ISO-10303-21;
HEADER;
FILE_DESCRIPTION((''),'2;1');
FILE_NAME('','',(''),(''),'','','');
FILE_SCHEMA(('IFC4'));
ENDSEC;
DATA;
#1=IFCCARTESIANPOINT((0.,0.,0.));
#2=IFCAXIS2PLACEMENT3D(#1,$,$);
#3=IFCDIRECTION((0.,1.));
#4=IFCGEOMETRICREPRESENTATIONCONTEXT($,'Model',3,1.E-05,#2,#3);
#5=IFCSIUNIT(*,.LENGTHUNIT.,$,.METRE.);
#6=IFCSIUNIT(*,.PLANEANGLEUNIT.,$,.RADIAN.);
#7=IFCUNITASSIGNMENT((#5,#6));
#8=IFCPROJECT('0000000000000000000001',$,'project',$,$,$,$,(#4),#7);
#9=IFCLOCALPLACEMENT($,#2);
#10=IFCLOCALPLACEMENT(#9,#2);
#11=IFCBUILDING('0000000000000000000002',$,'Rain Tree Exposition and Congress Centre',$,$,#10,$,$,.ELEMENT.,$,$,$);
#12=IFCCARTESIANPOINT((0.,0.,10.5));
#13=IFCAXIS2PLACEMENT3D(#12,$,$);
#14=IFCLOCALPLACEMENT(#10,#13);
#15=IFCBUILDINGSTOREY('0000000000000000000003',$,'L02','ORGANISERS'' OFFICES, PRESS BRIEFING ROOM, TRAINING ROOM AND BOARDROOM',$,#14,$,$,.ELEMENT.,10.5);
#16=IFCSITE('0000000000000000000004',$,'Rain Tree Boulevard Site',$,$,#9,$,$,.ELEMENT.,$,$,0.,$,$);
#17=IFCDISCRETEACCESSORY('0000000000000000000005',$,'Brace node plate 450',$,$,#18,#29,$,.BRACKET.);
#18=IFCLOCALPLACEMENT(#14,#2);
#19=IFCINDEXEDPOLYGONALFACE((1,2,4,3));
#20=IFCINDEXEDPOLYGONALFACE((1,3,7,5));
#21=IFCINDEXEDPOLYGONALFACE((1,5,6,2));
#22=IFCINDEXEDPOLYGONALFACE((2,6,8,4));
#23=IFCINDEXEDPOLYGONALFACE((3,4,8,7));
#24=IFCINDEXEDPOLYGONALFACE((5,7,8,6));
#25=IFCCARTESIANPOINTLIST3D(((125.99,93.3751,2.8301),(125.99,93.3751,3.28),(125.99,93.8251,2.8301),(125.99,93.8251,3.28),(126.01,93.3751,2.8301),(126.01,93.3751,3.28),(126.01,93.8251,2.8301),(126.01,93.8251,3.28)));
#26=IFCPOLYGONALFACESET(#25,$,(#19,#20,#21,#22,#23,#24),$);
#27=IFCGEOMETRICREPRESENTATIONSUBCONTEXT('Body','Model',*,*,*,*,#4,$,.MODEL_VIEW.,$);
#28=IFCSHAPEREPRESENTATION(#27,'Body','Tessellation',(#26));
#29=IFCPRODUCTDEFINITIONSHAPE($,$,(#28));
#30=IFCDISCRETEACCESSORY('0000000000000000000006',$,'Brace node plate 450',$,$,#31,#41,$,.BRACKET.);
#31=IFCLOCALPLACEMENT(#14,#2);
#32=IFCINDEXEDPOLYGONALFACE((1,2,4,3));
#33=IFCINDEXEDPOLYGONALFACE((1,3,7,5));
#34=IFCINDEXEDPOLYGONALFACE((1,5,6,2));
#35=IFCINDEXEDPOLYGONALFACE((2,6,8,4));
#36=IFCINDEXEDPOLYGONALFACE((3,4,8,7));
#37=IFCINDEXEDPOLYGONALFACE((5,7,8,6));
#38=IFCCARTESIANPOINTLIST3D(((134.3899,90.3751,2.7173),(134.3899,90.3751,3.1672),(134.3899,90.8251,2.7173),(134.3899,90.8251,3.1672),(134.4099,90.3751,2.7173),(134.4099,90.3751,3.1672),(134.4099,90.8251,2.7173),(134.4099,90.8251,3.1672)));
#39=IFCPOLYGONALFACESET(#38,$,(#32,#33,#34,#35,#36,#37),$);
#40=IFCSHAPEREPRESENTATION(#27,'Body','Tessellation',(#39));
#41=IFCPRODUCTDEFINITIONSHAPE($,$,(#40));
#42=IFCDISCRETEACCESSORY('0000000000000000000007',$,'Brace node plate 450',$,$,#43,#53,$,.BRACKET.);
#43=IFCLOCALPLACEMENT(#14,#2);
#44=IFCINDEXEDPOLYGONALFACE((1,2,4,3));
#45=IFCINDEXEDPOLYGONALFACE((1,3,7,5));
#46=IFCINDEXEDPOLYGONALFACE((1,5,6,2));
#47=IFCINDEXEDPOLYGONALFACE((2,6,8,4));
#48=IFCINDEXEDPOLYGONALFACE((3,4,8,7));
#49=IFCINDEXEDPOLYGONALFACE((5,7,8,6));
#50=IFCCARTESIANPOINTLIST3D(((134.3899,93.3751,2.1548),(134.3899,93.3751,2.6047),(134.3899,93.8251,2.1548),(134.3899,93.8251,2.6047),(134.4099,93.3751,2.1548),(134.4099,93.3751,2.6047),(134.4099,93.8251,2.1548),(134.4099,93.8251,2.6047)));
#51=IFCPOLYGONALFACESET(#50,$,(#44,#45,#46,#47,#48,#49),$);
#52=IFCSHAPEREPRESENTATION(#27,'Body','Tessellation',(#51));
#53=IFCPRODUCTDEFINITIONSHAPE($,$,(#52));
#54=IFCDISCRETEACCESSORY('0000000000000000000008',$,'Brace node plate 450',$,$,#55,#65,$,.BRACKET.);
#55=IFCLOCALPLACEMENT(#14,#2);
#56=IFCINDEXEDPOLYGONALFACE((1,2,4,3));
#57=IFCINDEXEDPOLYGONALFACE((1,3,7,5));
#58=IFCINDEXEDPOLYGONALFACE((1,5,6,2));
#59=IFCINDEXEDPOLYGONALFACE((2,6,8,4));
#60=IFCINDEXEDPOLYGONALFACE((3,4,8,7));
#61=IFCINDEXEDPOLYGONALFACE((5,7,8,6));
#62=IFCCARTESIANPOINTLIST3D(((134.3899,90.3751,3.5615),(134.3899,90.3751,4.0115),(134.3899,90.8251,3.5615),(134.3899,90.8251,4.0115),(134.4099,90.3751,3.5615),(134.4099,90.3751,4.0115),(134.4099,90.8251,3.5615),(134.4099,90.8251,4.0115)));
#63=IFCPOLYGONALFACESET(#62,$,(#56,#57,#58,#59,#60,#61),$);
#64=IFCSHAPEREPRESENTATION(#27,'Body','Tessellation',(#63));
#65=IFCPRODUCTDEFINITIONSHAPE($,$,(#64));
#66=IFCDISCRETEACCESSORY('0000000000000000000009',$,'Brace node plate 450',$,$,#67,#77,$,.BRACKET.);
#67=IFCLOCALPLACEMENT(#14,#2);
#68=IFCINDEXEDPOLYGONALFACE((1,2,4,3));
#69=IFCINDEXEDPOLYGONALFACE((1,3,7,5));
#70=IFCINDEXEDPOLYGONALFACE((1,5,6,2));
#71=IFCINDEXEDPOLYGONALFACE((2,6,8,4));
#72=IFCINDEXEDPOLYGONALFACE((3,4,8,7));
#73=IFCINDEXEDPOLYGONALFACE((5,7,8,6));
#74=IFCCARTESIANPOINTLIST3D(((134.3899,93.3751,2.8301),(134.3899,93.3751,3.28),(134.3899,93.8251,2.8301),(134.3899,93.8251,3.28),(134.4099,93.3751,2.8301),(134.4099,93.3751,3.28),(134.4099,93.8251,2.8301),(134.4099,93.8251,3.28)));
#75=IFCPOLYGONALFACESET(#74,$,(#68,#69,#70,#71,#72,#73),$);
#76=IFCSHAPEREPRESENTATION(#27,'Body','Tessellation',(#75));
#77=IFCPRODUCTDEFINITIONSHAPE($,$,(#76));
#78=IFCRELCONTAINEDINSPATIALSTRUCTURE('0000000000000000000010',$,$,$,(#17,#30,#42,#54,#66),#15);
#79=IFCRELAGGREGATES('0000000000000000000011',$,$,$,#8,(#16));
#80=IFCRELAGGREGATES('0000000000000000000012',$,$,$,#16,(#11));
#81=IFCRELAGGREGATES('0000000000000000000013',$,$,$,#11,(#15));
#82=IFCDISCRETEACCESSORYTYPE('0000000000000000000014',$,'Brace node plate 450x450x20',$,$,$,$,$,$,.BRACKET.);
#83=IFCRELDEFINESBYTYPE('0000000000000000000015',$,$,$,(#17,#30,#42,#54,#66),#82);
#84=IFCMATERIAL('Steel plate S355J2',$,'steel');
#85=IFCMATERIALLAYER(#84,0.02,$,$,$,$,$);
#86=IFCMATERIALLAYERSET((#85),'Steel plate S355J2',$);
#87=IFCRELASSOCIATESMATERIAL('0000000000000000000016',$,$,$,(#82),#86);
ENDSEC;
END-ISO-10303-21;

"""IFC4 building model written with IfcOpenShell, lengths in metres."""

from ifc_helpers import new_model, si_unit, direction, frame, origin, origin_2d, place, context, subcontext, project, spatial, rectangle, extrude, material, layer, layer_set, type_object, element, save


model = new_model("IFC4")

# Units and contexts
model_context = context("Model", 3, precision=1e-05, world=origin(), true_north=direction((0.0, 1.0)))
body_context = subcontext(model_context, "Body", "Model", "MODEL_VIEW")
ifc_project = project(units=[si_unit("LENGTHUNIT", "METRE"), si_unit("PLANEANGLEUNIT", "RADIAN")], contexts=[model_context])

# Site, building, storey
site_placement = place(None, origin())
site = spatial("IfcSite", under=ifc_project, at=site_placement, Name="Rain Tree Boulevard Site", CompositionType="ELEMENT", RefElevation=0.0)
building_placement = place(site_placement, origin())
building = spatial("IfcBuilding", under=site, at=building_placement, Name="Rain Tree Exposition and Congress Centre", CompositionType="ELEMENT")
storey_placement = place(building_placement, frame((0.0, 0.0, 10.5)))
storey = spatial("IfcBuildingStorey", under=building, at=storey_placement, Name="L02", Description="ORGANISERS' OFFICES, PRESS BRIEFING ROOM, TRAINING ROOM AND BOARDROOM", CompositionType="ELEMENT", Elevation=10.5)

# Discrete accessories
ifc_material_1 = material(Name="Steel plate S355J2", Category="steel")
ifc_layer = layer(ifc_material_1, 0.02)
ifc_layer_set = layer_set([ifc_layer], Name="Steel plate S355J2")
discrete_accessory_type = type_object("IfcDiscreteAccessoryType", Name="Brace node plate 450x450x20", PredefinedType="BRACKET", material=ifc_layer_set)
for number, where, z_axis, x_axis, name in (
    (1, (126.0, 93.6001, 2.8301), (0.0, 0.0, 1.0), (0.0, 1.0, 0.0), "Brace node plate 450"),
    (2, (134.3999, 90.6001, 2.7173), (0.0, 0.0, 1.0), (0.0, -1.0, 0.0), "Brace node plate 450"),
    (3, (134.3999, 93.6001, 2.1548), (0.0, 0.0, 1.0), (0.0, -1.0, 0.0), "Brace node plate 450"),
    (4, (134.3999, 90.6001, 3.5615), (0.0, 0.0, 1.0), (0.0, 1.0, 0.0), "Brace node plate 450"),
    (5, (134.3999, 93.6001, 2.8301), (0.0, 0.0, 1.0), (0.0, 1.0, 0.0), "Brace node plate 450"),
):
    element("IfcDiscreteAccessory", number, at=place(storey_placement, frame(where, z_axis=z_axis, x_axis=x_axis)), inside=storey, type_object=discrete_accessory_type, Name=name, PredefinedType="BRACKET", context=body_context, shape_type="SweptSolid", body=[
        extrude(rectangle(XDim=0.45, YDim=0.02, at=origin_2d()), origin(), (0.0, 0.0, 1.0), 0.45),
    ])

save(model, "model.ifc")
